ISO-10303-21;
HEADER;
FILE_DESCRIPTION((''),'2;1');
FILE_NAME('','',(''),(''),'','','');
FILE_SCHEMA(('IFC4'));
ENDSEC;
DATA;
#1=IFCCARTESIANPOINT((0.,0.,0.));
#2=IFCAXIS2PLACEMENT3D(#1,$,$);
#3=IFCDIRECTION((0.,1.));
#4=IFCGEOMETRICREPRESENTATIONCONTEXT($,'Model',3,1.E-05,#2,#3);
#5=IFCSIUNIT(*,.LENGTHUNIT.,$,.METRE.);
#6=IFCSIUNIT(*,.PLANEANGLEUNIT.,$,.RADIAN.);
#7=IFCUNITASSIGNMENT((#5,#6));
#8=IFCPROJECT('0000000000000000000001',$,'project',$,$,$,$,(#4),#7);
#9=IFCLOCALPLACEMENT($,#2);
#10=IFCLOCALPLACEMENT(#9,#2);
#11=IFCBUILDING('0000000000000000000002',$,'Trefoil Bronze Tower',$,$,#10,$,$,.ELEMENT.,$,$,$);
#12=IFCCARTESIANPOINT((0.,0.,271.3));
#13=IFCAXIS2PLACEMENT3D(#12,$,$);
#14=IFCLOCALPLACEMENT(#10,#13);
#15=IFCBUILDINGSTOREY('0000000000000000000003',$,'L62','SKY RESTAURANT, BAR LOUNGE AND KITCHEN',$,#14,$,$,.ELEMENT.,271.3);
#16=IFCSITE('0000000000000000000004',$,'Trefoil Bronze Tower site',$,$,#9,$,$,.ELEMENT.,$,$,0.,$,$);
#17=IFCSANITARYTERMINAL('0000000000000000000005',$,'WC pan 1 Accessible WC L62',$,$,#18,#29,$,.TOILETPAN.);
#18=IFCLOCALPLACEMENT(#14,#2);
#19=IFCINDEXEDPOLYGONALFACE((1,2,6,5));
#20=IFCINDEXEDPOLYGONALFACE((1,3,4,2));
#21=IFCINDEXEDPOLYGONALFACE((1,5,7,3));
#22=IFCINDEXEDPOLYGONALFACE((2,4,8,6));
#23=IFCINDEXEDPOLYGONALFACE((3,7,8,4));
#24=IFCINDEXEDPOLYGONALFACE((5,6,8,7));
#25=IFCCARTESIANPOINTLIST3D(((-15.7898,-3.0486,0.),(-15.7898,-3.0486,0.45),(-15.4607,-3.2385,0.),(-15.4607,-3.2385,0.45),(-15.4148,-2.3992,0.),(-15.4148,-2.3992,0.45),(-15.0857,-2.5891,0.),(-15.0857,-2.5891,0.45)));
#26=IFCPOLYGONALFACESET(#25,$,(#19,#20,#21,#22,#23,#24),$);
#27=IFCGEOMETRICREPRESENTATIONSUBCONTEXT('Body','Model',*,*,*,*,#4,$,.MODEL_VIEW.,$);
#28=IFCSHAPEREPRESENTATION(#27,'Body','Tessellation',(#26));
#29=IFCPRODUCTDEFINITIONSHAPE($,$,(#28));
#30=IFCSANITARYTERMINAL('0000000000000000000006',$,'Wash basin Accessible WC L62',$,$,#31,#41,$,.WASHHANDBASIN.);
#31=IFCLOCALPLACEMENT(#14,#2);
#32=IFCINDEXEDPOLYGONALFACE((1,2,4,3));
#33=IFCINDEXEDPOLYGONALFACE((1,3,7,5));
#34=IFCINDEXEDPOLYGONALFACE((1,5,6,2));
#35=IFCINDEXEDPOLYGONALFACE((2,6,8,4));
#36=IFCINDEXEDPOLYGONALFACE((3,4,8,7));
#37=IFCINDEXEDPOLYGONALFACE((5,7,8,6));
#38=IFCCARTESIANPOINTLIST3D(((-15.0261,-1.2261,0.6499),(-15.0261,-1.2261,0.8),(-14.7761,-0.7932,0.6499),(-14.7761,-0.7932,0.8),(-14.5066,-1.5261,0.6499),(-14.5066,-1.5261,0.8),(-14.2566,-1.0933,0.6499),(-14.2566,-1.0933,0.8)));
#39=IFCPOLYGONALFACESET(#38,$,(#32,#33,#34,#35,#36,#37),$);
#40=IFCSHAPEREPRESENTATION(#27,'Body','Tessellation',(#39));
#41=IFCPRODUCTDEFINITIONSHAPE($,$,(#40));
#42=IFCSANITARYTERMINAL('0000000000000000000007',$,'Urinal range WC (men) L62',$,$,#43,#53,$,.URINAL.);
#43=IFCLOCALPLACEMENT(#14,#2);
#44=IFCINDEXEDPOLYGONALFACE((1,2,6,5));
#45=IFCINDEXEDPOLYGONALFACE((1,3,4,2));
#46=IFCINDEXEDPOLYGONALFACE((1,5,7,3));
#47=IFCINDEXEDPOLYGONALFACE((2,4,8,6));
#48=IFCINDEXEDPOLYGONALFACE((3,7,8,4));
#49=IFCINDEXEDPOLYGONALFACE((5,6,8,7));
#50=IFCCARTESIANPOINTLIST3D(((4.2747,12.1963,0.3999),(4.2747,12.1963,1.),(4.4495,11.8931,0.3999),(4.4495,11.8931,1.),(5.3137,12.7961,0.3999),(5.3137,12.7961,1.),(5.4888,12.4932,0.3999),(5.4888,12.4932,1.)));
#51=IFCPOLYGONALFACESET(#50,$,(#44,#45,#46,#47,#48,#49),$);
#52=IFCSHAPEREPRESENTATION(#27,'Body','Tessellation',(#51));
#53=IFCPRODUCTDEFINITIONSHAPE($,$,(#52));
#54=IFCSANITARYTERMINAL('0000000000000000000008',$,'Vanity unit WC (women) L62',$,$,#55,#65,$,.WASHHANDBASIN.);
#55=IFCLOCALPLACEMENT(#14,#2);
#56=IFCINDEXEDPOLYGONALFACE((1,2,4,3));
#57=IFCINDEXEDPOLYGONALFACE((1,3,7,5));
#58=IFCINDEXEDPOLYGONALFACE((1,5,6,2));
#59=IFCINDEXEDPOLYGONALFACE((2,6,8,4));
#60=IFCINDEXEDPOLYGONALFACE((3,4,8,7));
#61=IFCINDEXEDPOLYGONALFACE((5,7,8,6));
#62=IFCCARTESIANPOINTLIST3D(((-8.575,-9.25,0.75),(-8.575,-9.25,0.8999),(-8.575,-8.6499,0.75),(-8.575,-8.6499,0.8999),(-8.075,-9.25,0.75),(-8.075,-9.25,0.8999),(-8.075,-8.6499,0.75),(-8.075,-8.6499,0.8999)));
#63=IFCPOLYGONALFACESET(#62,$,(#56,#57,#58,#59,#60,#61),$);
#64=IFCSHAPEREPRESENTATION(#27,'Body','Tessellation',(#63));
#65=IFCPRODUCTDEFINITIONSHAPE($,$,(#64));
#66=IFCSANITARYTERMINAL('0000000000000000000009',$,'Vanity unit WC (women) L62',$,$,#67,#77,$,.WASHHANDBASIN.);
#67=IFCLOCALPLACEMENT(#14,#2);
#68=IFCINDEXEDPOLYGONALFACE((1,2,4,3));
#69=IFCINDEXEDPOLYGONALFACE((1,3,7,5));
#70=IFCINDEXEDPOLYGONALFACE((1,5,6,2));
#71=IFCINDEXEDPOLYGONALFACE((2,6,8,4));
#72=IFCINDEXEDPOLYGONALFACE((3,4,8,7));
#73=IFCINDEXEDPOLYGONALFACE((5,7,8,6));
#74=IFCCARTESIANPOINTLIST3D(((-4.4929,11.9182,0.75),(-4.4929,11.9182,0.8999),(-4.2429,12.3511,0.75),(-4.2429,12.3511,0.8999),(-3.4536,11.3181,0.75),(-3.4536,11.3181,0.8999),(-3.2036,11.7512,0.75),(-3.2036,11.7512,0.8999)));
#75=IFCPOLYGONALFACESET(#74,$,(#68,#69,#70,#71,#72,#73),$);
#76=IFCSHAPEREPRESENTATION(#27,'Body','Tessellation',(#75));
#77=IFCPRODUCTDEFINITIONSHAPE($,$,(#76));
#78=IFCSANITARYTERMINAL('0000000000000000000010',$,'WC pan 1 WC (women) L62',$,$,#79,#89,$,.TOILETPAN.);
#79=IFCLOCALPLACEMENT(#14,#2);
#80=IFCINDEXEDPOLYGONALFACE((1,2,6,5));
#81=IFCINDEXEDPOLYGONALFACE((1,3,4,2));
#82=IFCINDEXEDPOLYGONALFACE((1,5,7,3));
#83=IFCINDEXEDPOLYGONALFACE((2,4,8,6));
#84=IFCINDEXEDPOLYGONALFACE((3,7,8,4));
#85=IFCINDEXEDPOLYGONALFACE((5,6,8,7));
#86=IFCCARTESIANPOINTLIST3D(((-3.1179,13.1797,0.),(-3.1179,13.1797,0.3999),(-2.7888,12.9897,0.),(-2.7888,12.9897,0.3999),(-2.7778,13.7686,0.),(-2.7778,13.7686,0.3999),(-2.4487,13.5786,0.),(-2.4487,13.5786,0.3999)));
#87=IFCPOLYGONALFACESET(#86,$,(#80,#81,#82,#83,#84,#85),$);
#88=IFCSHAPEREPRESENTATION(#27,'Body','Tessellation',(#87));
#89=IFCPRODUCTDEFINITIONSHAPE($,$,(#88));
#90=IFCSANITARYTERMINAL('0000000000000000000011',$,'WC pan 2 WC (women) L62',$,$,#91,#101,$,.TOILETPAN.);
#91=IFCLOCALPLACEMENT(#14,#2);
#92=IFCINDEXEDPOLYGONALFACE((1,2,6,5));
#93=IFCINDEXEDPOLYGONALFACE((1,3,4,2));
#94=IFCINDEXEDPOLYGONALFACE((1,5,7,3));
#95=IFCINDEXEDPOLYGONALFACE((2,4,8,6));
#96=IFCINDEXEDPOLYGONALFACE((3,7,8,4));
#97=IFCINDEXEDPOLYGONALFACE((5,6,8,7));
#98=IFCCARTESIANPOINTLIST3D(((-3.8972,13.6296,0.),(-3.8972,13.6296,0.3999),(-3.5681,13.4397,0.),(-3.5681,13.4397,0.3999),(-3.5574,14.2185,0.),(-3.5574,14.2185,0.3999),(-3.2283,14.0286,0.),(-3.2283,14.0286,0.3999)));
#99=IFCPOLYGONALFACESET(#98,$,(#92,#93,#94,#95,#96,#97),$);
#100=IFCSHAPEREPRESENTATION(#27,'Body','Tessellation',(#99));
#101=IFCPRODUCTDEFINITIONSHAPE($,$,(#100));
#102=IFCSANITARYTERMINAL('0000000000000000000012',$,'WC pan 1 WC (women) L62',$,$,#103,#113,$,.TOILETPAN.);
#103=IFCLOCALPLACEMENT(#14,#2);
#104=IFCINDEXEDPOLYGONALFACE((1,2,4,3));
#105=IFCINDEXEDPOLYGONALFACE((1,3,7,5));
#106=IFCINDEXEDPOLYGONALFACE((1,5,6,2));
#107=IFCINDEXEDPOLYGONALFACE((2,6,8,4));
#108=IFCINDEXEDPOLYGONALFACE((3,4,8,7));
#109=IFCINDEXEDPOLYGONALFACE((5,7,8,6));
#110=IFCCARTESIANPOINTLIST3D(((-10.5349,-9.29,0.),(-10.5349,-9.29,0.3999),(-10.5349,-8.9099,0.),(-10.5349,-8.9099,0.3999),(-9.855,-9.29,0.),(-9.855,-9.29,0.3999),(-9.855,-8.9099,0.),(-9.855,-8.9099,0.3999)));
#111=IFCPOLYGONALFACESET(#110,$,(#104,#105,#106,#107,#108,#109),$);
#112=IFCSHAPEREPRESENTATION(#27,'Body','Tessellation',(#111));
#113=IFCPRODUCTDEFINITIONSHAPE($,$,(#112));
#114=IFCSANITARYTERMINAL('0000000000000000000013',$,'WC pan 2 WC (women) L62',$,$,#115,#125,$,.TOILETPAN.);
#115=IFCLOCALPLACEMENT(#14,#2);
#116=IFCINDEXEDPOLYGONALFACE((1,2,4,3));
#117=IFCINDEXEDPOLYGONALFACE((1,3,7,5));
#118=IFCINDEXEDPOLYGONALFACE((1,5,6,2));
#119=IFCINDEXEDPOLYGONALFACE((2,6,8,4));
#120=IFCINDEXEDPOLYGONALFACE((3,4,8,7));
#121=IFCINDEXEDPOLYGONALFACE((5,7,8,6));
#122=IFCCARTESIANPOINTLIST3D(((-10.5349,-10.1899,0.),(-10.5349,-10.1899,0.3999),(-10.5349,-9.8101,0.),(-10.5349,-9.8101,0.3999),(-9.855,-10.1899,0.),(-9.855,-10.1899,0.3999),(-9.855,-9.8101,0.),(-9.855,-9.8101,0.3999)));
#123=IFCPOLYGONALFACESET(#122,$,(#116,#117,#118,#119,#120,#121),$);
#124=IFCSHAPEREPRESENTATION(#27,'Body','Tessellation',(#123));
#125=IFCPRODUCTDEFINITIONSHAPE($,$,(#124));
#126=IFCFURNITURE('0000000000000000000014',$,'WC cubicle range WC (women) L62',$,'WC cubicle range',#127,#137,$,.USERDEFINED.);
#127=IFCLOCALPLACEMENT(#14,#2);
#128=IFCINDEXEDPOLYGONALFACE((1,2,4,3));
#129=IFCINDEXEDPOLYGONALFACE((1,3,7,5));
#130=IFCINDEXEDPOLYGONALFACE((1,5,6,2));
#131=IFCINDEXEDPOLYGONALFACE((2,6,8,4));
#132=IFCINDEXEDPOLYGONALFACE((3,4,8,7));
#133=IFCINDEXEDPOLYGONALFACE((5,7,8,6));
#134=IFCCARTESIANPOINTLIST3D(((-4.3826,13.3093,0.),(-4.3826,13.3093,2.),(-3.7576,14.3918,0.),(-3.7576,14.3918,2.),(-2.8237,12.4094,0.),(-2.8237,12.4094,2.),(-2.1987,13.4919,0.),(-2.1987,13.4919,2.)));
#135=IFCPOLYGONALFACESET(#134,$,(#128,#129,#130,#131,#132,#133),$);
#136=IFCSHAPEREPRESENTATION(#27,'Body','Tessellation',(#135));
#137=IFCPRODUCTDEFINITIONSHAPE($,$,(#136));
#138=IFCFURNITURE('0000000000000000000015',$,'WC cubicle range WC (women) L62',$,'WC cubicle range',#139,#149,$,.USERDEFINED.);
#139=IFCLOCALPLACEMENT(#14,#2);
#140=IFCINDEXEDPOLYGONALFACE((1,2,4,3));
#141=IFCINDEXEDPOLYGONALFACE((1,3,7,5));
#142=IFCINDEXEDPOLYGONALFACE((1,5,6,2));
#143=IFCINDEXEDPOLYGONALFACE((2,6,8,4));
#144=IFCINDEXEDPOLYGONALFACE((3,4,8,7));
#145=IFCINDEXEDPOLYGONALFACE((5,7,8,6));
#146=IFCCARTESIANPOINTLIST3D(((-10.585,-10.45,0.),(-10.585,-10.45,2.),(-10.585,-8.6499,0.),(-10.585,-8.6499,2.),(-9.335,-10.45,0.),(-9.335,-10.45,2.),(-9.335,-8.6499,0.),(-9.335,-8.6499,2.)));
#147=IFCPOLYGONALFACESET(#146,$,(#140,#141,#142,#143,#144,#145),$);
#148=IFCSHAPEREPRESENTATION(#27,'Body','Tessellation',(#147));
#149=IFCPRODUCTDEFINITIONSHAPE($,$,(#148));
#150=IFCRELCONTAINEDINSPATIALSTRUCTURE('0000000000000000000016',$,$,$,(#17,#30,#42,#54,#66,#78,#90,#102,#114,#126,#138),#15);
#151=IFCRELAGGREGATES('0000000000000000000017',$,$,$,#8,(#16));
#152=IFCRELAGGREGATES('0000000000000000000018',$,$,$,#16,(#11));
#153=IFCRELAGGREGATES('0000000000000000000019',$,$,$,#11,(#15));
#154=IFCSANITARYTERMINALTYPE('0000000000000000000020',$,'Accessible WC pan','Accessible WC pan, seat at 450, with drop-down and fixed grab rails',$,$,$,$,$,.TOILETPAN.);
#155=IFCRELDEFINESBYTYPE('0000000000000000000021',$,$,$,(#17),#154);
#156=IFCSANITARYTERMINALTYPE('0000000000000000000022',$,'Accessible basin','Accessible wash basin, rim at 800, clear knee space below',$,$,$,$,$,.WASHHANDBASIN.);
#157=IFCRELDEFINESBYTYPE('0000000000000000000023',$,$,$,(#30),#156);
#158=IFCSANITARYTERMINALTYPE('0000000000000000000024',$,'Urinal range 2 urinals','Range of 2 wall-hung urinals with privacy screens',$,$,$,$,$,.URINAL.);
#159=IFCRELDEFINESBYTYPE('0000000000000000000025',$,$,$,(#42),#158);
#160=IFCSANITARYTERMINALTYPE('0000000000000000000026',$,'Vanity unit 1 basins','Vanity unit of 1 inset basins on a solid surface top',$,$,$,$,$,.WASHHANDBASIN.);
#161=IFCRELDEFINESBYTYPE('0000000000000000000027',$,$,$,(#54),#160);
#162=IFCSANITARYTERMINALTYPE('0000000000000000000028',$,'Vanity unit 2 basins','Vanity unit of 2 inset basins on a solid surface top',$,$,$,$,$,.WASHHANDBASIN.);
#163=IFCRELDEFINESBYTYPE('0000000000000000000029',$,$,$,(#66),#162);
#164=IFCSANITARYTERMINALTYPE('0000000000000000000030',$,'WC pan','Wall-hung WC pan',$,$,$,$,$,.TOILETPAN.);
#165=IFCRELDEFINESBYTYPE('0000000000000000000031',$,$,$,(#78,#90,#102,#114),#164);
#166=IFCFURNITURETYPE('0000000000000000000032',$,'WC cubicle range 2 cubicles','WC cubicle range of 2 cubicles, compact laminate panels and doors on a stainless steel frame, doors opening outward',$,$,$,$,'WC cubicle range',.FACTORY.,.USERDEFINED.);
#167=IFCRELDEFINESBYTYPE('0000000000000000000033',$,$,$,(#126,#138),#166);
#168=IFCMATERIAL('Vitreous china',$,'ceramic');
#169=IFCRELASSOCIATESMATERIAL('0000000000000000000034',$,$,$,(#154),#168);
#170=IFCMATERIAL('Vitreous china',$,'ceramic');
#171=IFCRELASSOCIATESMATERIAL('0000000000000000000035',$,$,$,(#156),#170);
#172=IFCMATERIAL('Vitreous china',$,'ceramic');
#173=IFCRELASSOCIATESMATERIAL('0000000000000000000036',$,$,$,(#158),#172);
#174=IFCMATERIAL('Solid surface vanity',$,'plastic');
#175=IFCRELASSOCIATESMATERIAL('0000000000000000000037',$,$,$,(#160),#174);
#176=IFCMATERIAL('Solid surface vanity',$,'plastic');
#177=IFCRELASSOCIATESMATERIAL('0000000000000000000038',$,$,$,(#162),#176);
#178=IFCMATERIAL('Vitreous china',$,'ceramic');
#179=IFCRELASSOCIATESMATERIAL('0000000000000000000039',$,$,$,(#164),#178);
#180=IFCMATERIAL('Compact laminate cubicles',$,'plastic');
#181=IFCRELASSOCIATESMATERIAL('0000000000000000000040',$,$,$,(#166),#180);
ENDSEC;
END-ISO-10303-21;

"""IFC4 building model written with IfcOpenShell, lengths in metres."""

from ifc_helpers import new_model, si_unit, direction, frame, origin, place, context, subcontext, project, spatial, polyline, outline, extrude, material, type_object, element, save


model = new_model("IFC4")

# Units and contexts
model_context = context("Model", 3, precision=1e-05, world=origin(), true_north=direction((0.0, 1.0)))
body_context = subcontext(model_context, "Body", "Model", "MODEL_VIEW")
ifc_project = project(units=[si_unit("LENGTHUNIT", "METRE"), si_unit("PLANEANGLEUNIT", "RADIAN")], contexts=[model_context])

# Site, building, storey
site_placement = place(None, origin())
site = spatial("IfcSite", under=ifc_project, at=site_placement, Name="Trefoil Bronze Tower site", CompositionType="ELEMENT", RefElevation=0.0)
building_placement = place(site_placement, origin())
building = spatial("IfcBuilding", under=site, at=building_placement, Name="Trefoil Bronze Tower", CompositionType="ELEMENT")
storey_placement = place(building_placement, frame((0.0, 0.0, 271.3)))
storey = spatial("IfcBuildingStorey", under=building, at=storey_placement, Name="L62", Description="SKY RESTAURANT, BAR LOUNGE AND KITCHEN", CompositionType="ELEMENT", Elevation=271.3)

# Sanitary terminals
ifc_material_1 = material(Name="Vitreous china", Category="ceramic")
sanitary_terminal_type_1 = type_object("IfcSanitaryTerminalType", Name="Accessible WC pan", Description="Accessible WC pan, seat at 450, with drop-down and fixed grab rails", PredefinedType="TOILETPAN", material=ifc_material_1)
sanitary_terminal_1_placement = place(storey_placement, origin())
element("IfcSanitaryTerminal", 1, at=sanitary_terminal_1_placement, inside=storey, type_object=sanitary_terminal_type_1, Name="WC pan 1 Accessible WC L62", PredefinedType="TOILETPAN", context=body_context, shape_type="SweptSolid", body=[
    extrude(outline(polyline([(-15.0857, -2.5891), (-15.4607, -3.2385), (-15.7898, -3.0486), (-15.4148, -2.3992), (-15.0857, -2.5891)])), origin(), (0.0, 0.0, 1.0), 0.45),
])
ifc_material_2 = material(Name="Vitreous china", Category="ceramic")
sanitary_terminal_type_2 = type_object("IfcSanitaryTerminalType", Name="Accessible basin", Description="Accessible wash basin, rim at 800, clear knee space below", PredefinedType="WASHHANDBASIN", material=ifc_material_2)
sanitary_terminal_2_placement = place(storey_placement, frame((0.0, 0.0, 0.6499)))
element("IfcSanitaryTerminal", 2, at=sanitary_terminal_2_placement, inside=storey, type_object=sanitary_terminal_type_2, Name="Wash basin Accessible WC L62", PredefinedType="WASHHANDBASIN", context=body_context, shape_type="SweptSolid", body=[
    extrude(outline(polyline([(-14.2566, -1.0933), (-14.5066, -1.5261), (-15.0261, -1.2261), (-14.7761, -0.7932), (-14.2566, -1.0933)])), origin(), (0.0, 0.0, 1.0), 0.1501),
])
ifc_material_3 = material(Name="Vitreous china", Category="ceramic")
sanitary_terminal_type_3 = type_object("IfcSanitaryTerminalType", Name="Urinal range 2 urinals", Description="Range of 2 wall-hung urinals with privacy screens", PredefinedType="URINAL", material=ifc_material_3)
sanitary_terminal_3_placement = place(storey_placement, frame((0.0, 0.0, 0.3999)))
element("IfcSanitaryTerminal", 3, at=sanitary_terminal_3_placement, inside=storey, type_object=sanitary_terminal_type_3, Name="Urinal range WC (men) L62", PredefinedType="URINAL", context=body_context, shape_type="SweptSolid", body=[
    extrude(outline(polyline([(4.4495, 11.8931), (4.2747, 12.1963), (5.3137, 12.7961), (5.4888, 12.4932), (4.4495, 11.8931)])), origin(), (0.0, 0.0, 1.0), 0.6001),
])
ifc_material_4 = material(Name="Solid surface vanity", Category="plastic")
sanitary_terminal_type_4 = type_object("IfcSanitaryTerminalType", Name="Vanity unit 1 basins", Description="Vanity unit of 1 inset basins on a solid surface top", PredefinedType="WASHHANDBASIN", material=ifc_material_4)
sanitary_terminal_4_placement = place(storey_placement, frame((0.0, 0.0, 0.75)))
element("IfcSanitaryTerminal", 4, at=sanitary_terminal_4_placement, inside=storey, type_object=sanitary_terminal_type_4, Name="Vanity unit WC (women) L62", PredefinedType="WASHHANDBASIN", context=body_context, shape_type="SweptSolid", body=[
    extrude(outline(polyline([(-8.075, -8.6499), (-8.575, -8.6499), (-8.575, -9.25), (-8.075, -9.25), (-8.075, -8.6499)])), origin(), (0.0, 0.0, 1.0), 0.1499),
])
ifc_material_5 = material(Name="Solid surface vanity", Category="plastic")
sanitary_terminal_type_5 = type_object("IfcSanitaryTerminalType", Name="Vanity unit 2 basins", Description="Vanity unit of 2 inset basins on a solid surface top", PredefinedType="WASHHANDBASIN", material=ifc_material_5)
sanitary_terminal_5_placement = place(storey_placement, frame((0.0, 0.0, 0.75)))
element("IfcSanitaryTerminal", 5, at=sanitary_terminal_5_placement, inside=storey, type_object=sanitary_terminal_type_5, Name="Vanity unit WC (women) L62", PredefinedType="WASHHANDBASIN", context=body_context, shape_type="SweptSolid", body=[
    extrude(outline(polyline([(-3.4536, 11.3181), (-3.2036, 11.7512), (-4.2429, 12.3511), (-4.4929, 11.9182), (-3.4536, 11.3181)])), origin(), (0.0, 0.0, 1.0), 0.1499),
])
ifc_material_6 = material(Name="Vitreous china", Category="ceramic")
sanitary_terminal_type_6 = type_object("IfcSanitaryTerminalType", Name="WC pan", Description="Wall-hung WC pan", PredefinedType="TOILETPAN", material=ifc_material_6)
sanitary_terminal_6_placement = place(storey_placement, origin())
element("IfcSanitaryTerminal", 6, at=sanitary_terminal_6_placement, inside=storey, type_object=sanitary_terminal_type_6, Name="WC pan 1 WC (women) L62", PredefinedType="TOILETPAN", context=body_context, shape_type="SweptSolid", body=[
    extrude(outline(polyline([(-2.7888, 12.9897), (-2.4487, 13.5786), (-2.7778, 13.7686), (-3.1179, 13.1797), (-2.7888, 12.9897)])), origin(), (0.0, 0.0, 1.0), 0.3999),
])
sanitary_terminal_7_placement = place(storey_placement, origin())
element("IfcSanitaryTerminal", 7, at=sanitary_terminal_7_placement, inside=storey, type_object=sanitary_terminal_type_6, Name="WC pan 2 WC (women) L62", PredefinedType="TOILETPAN", context=body_context, shape_type="SweptSolid", body=[
    extrude(outline(polyline([(-3.5681, 13.4397), (-3.2283, 14.0286), (-3.5574, 14.2185), (-3.8972, 13.6296), (-3.5681, 13.4397)])), origin(), (0.0, 0.0, 1.0), 0.3999),
])
sanitary_terminal_8_placement = place(storey_placement, origin())
element("IfcSanitaryTerminal", 8, at=sanitary_terminal_8_placement, inside=storey, type_object=sanitary_terminal_type_6, Name="WC pan 1 WC (women) L62", PredefinedType="TOILETPAN", context=body_context, shape_type="SweptSolid", body=[
    extrude(outline(polyline([(-9.855, -8.9099), (-10.5349, -8.9099), (-10.5349, -9.29), (-9.855, -9.29), (-9.855, -8.9099)])), origin(), (0.0, 0.0, 1.0), 0.3999),
])
sanitary_terminal_9_placement = place(storey_placement, origin())
element("IfcSanitaryTerminal", 9, at=sanitary_terminal_9_placement, inside=storey, type_object=sanitary_terminal_type_6, Name="WC pan 2 WC (women) L62", PredefinedType="TOILETPAN", context=body_context, shape_type="SweptSolid", body=[
    extrude(outline(polyline([(-9.855, -9.8101), (-10.5349, -9.8101), (-10.5349, -10.1899), (-9.855, -10.1899), (-9.855, -9.8101)])), origin(), (0.0, 0.0, 1.0), 0.3999),
])

# Furniture
ifc_material_7 = material(Name="Compact laminate cubicles", Category="plastic")
furniture_type = type_object("IfcFurnitureType", Name="WC cubicle range 2 cubicles", Description="WC cubicle range of 2 cubicles, compact laminate panels and doors on a stainless steel frame, doors opening outward", ElementType="WC cubicle range", AssemblyPlace="FACTORY", PredefinedType="USERDEFINED", material=ifc_material_7)
furniture_1_placement = place(storey_placement, origin())
element("IfcFurniture", 10, at=furniture_1_placement, inside=storey, type_object=furniture_type, Name="WC cubicle range WC (women) L62", ObjectType="WC cubicle range", PredefinedType="USERDEFINED", context=body_context, shape_type="SweptSolid", body=[
    extrude(outline(polyline([(-2.8237, 12.4094), (-2.1987, 13.4919), (-3.7576, 14.3918), (-4.3826, 13.3093), (-2.8237, 12.4094)])), origin(), (0.0, 0.0, 1.0), 2.0),
])
furniture_2_placement = place(storey_placement, origin())
element("IfcFurniture", 11, at=furniture_2_placement, inside=storey, type_object=furniture_type, Name="WC cubicle range WC (women) L62", ObjectType="WC cubicle range", PredefinedType="USERDEFINED", context=body_context, shape_type="SweptSolid", body=[
    extrude(outline(polyline([(-9.335, -8.6499), (-10.585, -8.6499), (-10.585, -10.45), (-9.335, -10.45), (-9.335, -8.6499)])), origin(), (0.0, 0.0, 1.0), 2.0),
])

save(model, "model.ifc")
